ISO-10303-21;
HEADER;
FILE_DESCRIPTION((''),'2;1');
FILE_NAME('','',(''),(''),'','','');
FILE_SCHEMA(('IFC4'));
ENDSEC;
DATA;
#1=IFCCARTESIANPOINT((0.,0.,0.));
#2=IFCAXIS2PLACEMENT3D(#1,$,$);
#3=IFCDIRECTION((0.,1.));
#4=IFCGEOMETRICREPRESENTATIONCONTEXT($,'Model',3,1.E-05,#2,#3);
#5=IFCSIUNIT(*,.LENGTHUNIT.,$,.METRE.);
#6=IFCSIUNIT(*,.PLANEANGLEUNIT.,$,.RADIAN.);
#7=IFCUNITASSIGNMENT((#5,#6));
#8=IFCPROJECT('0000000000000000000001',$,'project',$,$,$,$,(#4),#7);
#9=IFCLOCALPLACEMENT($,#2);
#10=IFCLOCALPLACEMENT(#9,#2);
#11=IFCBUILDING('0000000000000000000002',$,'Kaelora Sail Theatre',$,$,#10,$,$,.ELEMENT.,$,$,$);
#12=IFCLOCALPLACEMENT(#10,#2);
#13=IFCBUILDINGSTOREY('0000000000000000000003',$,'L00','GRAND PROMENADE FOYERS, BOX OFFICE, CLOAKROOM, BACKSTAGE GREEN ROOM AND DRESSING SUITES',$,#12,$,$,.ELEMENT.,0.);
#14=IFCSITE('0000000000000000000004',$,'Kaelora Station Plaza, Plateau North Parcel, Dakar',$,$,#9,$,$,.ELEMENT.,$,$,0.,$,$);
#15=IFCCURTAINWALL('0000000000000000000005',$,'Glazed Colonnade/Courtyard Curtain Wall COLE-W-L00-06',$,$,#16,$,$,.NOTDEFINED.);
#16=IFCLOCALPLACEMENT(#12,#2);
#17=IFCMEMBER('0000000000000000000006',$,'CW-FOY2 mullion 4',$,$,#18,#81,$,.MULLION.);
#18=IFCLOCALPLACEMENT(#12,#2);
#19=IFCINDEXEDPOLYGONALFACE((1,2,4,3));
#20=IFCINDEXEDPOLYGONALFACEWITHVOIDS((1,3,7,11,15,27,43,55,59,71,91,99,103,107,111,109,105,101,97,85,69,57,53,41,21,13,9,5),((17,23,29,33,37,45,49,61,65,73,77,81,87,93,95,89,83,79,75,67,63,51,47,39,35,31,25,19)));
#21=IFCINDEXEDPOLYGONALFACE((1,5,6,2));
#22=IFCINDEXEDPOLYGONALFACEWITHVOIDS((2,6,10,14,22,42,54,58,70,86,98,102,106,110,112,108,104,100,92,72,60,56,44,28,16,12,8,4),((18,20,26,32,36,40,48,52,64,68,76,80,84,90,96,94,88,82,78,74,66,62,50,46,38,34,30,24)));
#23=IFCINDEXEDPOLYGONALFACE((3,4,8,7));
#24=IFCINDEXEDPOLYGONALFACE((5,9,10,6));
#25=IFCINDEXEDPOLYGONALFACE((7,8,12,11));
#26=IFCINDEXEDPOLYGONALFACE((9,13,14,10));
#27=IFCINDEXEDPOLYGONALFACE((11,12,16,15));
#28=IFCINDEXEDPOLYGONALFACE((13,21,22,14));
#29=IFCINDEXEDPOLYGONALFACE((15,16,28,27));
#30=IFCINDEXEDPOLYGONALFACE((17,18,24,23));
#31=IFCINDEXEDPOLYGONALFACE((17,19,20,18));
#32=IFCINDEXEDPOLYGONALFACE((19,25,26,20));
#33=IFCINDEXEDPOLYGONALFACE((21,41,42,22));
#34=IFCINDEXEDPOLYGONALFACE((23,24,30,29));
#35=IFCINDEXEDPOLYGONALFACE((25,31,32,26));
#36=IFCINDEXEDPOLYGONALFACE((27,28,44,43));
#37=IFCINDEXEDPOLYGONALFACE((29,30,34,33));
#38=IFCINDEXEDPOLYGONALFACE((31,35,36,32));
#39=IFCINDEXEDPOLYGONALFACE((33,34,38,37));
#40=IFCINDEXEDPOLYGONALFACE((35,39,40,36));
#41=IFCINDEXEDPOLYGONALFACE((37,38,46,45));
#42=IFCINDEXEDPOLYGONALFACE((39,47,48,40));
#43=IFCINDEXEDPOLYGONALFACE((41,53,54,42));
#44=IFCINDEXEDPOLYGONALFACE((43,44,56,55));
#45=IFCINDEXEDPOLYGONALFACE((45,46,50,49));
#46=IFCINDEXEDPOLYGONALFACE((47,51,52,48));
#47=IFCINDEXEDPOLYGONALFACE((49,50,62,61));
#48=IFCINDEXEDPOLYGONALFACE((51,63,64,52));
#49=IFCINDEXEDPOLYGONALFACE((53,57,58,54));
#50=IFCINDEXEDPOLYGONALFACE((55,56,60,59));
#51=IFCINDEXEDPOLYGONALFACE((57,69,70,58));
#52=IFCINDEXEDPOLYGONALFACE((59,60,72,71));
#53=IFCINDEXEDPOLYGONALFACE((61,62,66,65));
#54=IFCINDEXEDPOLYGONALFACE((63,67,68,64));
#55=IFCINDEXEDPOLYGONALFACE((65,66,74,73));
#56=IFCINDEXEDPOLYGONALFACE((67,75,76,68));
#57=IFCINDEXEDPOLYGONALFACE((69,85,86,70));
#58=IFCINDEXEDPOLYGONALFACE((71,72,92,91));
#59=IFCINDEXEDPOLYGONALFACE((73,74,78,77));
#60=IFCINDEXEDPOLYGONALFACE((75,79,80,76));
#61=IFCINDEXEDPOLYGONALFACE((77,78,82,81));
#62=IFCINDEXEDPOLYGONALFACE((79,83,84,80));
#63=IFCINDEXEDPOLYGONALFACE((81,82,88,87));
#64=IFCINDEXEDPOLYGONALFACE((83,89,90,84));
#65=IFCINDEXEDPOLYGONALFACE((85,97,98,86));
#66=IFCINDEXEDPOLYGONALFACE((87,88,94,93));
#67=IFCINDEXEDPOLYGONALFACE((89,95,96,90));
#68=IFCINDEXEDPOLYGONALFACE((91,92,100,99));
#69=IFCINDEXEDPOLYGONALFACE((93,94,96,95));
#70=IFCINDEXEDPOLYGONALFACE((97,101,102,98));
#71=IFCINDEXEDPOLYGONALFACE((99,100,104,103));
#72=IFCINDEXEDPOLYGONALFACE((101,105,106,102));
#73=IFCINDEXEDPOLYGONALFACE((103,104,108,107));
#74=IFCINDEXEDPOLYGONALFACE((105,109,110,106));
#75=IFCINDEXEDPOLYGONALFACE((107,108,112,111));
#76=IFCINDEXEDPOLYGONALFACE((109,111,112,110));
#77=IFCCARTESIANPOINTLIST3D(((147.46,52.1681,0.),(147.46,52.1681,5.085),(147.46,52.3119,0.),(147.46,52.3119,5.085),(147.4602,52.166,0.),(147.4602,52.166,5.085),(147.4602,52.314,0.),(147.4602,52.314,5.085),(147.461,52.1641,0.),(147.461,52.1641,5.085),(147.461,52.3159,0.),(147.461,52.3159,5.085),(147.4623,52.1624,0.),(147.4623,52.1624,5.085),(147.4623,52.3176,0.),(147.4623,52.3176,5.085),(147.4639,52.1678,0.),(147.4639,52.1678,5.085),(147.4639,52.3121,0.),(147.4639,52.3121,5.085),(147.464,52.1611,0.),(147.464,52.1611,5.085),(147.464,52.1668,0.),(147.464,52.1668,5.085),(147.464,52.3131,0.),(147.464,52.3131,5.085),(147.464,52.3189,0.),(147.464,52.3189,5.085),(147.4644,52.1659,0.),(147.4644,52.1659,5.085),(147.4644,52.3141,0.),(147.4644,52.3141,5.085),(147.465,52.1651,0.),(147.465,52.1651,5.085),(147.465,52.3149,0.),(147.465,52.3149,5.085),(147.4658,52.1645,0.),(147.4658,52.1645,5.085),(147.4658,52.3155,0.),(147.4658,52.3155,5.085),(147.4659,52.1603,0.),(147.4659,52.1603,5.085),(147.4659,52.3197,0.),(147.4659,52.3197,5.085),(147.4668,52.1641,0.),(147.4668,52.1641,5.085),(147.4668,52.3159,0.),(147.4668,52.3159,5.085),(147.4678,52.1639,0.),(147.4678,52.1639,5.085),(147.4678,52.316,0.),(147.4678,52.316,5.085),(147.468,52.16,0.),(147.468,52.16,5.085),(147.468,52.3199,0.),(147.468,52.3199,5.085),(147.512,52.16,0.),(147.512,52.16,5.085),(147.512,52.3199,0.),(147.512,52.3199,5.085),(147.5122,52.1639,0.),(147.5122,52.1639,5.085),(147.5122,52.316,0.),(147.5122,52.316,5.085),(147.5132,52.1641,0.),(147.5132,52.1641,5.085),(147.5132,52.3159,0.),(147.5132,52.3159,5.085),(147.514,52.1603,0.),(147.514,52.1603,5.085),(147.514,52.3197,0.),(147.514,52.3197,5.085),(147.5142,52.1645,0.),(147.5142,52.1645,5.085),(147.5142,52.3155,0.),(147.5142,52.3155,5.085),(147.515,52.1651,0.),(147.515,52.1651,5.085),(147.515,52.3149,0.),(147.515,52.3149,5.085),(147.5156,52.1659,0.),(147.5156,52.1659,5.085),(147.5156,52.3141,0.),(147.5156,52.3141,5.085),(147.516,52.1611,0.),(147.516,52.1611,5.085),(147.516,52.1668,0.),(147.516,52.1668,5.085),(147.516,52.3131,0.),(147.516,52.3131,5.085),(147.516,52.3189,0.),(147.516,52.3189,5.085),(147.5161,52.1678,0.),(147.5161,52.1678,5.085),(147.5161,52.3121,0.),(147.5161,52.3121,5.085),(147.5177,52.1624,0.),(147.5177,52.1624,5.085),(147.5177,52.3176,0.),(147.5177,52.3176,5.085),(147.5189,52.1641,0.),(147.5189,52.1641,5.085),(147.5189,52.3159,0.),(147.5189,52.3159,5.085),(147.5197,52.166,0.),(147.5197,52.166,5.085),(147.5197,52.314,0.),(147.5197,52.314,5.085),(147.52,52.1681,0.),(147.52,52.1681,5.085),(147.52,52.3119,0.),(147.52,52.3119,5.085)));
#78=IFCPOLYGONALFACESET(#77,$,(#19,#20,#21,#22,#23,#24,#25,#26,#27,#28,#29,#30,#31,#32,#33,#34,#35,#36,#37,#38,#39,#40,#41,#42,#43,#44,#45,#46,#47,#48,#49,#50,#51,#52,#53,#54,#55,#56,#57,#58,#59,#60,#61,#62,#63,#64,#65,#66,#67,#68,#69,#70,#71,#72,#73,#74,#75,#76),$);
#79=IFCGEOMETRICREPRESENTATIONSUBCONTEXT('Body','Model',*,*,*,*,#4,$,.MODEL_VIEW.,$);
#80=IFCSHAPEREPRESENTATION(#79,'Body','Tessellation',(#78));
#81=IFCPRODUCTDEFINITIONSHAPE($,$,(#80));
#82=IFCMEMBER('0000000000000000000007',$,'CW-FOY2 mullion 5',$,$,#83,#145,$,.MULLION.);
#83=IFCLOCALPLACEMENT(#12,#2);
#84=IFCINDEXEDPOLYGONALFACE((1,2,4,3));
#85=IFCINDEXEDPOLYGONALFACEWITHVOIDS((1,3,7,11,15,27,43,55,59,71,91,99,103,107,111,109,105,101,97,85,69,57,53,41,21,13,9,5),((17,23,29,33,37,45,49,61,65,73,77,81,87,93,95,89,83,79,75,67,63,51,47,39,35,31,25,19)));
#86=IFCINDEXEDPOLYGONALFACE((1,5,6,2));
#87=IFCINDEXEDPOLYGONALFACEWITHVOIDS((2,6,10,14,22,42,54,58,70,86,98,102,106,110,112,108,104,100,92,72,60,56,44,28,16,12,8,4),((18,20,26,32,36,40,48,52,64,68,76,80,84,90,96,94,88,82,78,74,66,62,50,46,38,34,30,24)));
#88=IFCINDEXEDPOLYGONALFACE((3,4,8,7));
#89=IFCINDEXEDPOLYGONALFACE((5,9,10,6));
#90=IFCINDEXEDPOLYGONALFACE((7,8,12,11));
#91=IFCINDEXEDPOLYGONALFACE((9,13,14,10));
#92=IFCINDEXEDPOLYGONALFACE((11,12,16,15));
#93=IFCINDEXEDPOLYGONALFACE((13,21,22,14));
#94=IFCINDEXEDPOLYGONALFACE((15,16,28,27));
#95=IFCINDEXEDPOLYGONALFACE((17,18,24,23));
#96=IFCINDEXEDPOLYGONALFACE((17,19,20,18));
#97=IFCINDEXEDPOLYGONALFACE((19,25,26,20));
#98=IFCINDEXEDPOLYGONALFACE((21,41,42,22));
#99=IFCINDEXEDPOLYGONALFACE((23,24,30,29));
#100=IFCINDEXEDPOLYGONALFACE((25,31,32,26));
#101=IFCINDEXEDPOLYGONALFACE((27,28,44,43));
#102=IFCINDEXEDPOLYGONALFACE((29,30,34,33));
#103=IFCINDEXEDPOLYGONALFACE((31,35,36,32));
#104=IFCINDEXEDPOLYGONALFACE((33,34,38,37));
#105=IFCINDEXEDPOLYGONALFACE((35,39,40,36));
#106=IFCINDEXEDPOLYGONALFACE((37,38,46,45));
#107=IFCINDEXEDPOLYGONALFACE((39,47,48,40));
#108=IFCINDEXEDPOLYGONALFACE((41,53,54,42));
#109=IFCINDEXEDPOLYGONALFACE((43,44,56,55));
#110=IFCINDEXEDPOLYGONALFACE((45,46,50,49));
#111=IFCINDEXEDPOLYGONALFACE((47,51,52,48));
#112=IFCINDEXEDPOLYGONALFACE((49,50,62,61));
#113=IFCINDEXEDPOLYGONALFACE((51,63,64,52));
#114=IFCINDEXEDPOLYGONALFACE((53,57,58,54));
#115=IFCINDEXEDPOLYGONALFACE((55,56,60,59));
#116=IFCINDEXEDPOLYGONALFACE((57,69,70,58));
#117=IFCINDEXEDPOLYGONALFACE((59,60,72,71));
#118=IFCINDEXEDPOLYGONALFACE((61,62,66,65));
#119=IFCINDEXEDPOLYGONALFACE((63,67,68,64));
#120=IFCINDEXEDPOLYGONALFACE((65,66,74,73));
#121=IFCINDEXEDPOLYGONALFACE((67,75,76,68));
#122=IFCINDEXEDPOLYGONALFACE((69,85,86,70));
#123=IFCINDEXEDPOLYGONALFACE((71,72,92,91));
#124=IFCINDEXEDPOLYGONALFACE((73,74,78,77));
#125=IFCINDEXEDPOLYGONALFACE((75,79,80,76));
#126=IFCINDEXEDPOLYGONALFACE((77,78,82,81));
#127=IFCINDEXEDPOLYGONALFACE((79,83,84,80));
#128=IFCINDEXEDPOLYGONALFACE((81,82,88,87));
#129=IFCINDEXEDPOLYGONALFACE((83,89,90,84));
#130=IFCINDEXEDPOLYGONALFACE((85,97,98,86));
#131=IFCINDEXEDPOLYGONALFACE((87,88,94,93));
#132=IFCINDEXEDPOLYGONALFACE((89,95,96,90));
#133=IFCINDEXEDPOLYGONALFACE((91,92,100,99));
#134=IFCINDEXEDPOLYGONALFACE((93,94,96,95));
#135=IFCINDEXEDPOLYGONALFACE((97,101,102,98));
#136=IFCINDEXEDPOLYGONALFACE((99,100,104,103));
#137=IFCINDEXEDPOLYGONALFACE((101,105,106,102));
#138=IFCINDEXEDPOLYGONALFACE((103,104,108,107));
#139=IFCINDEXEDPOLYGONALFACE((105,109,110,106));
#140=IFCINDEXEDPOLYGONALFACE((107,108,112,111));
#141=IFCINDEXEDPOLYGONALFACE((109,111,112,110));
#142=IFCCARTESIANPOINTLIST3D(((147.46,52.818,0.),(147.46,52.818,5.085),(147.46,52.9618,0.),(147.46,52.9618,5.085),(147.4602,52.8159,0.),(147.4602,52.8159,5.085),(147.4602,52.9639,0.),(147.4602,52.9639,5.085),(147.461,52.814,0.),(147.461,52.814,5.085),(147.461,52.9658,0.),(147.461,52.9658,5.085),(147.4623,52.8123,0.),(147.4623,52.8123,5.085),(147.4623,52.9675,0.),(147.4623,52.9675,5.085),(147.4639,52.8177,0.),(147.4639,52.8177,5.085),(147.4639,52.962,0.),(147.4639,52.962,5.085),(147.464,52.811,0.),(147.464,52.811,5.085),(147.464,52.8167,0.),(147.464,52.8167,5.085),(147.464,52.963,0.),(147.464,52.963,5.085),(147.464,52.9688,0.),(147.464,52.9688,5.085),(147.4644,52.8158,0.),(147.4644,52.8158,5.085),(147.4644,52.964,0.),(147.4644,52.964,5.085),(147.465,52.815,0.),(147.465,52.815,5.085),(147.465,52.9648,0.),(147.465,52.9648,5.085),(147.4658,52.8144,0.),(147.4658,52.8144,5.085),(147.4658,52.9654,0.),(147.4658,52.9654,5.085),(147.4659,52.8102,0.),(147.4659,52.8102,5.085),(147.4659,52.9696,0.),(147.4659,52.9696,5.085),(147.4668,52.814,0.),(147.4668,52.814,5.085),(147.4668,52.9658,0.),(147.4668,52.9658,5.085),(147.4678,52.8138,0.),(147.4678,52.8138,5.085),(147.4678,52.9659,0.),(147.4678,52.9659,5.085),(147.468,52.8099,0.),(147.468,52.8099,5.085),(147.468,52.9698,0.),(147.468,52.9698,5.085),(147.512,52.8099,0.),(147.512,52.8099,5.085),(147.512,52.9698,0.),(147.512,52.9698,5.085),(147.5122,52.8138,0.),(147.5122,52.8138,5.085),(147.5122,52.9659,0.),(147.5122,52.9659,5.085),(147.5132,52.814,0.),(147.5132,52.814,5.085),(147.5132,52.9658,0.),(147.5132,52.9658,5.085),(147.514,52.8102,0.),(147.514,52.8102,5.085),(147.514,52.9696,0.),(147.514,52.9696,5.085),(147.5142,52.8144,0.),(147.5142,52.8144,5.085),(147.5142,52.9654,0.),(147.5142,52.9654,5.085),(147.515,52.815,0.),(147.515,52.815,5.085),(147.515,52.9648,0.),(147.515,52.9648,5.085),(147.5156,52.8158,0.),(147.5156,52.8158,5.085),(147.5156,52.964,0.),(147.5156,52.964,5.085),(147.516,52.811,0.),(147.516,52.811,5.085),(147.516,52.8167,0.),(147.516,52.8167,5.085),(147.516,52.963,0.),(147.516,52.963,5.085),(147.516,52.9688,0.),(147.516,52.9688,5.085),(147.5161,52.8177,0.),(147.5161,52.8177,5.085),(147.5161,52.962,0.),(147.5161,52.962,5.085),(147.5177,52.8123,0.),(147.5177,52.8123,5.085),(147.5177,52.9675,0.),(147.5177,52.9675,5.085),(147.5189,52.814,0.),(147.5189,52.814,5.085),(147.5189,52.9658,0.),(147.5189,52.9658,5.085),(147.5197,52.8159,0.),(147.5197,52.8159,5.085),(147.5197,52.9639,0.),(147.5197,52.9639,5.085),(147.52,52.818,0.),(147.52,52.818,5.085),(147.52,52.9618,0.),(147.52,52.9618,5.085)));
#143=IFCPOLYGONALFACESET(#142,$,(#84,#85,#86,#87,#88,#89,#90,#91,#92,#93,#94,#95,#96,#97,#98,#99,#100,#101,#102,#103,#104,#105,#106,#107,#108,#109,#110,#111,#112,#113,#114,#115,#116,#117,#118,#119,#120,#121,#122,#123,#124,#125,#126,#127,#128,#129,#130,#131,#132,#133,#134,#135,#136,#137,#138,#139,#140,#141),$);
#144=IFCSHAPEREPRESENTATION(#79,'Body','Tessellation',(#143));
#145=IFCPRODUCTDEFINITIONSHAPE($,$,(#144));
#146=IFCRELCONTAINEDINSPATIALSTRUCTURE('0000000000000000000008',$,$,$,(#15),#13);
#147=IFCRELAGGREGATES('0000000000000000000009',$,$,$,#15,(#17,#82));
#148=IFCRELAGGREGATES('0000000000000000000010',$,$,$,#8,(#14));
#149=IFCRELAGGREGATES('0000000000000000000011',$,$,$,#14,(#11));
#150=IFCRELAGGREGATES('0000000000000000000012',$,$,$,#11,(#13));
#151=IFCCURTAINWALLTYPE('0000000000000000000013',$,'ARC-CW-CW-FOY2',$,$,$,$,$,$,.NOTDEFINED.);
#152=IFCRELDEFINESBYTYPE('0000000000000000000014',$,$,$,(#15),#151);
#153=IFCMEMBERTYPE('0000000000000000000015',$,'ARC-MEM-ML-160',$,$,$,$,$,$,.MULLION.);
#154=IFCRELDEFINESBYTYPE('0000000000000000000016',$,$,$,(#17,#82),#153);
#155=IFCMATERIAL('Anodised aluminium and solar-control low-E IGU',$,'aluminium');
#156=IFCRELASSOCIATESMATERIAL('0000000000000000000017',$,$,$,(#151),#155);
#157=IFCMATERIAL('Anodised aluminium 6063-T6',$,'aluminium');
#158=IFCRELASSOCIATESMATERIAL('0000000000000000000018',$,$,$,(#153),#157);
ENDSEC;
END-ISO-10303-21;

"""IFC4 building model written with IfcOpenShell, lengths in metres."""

from ifc_helpers import new_model, si_unit, direction, frame, origin, origin_2d, place, context, subcontext, project, spatial, hollow_rectangle, extrude, material, material_profile, profile_set, type_object, element, aggregate, save


model = new_model("IFC4")

# Units and contexts
model_context = context("Model", 3, precision=1e-05, world=origin(), true_north=direction((0.0, 1.0)))
body_context = subcontext(model_context, "Body", "Model", "MODEL_VIEW")
ifc_project = project(units=[si_unit("LENGTHUNIT", "METRE"), si_unit("PLANEANGLEUNIT", "RADIAN")], contexts=[model_context])

# Site, building, storey
site_placement = place(None, origin())
site = spatial("IfcSite", under=ifc_project, at=site_placement, Name="Kaelora Station Plaza, Plateau North Parcel, Dakar", CompositionType="ELEMENT", RefElevation=0.0)
building_placement = place(site_placement, origin())
building = spatial("IfcBuilding", under=site, at=building_placement, Name="Kaelora Sail Theatre", CompositionType="ELEMENT")
storey_placement = place(building_placement, origin())
storey = spatial("IfcBuildingStorey", under=building, at=storey_placement, Name="L00", Description="GRAND PROMENADE FOYERS, BOX OFFICE, CLOAKROOM, BACKSTAGE GREEN ROOM AND DRESSING SUITES", CompositionType="ELEMENT", Elevation=0.0)

# Curtain wall, members
ifc_material_1 = material(Name="Anodised aluminium and solar-control low-E IGU", Category="aluminium")
curtain_wall_type = type_object("IfcCurtainWallType", Name="ARC-CW-CW-FOY2", PredefinedType="NOTDEFINED", material=ifc_material_1)
curtain_wall_placement = place(storey_placement, origin())
curtain_wall = element("IfcCurtainWall", 1, at=curtain_wall_placement, inside=storey, type_object=curtain_wall_type, Name="Glazed Colonnade/Courtyard Curtain Wall COLE-W-L00-06", PredefinedType="NOTDEFINED")
ifc_material_2 = material(Name="Anodised aluminium 6063-T6", Category="aluminium")
ifc_material_profile_1 = material_profile(ifc_material_2, hollow_rectangle(XDim=0.0601, YDim=0.1599, WallThickness=0.0039, InnerFilletRadius=0.0039, OuterFilletRadius=0.0081, at=origin_2d()), Name="ALU-MULL 60x160x4")
ifc_profile_set_1 = profile_set([ifc_material_profile_1], Name="Anodised aluminium 6063-T6")
member_type_1 = type_object("IfcMemberType", Name="ARC-MEM-ML-160", PredefinedType="MULLION", material=ifc_profile_set_1)
member_1_placement = place(storey_placement, frame((147.49, 52.24, 0.0), z_axis=(0.0, 0.0, 1.0), x_axis=(-1.0, 0.0, 0.0)))
member_1 = element("IfcMember", 2, at=member_1_placement, type_object=member_type_1, Name="CW-FOY2 mullion 4", PredefinedType="MULLION", context=body_context, shape_type="SweptSolid", body=[
    extrude(hollow_rectangle(XDim=0.0601, YDim=0.1599, WallThickness=0.0039, InnerFilletRadius=0.0039, OuterFilletRadius=0.0081, at=origin_2d()), origin(), (0.0, 0.0, 1.0), 5.085),
])
member_2_placement = place(storey_placement, frame((147.49, 52.8899, 0.0), z_axis=(0.0, 0.0, 1.0), x_axis=(-1.0, 0.0, 0.0)))
member_2 = element("IfcMember", 3, at=member_2_placement, type_object=member_type_1, Name="CW-FOY2 mullion 5", PredefinedType="MULLION", context=body_context, shape_type="SweptSolid", body=[
    extrude(hollow_rectangle(XDim=0.0601, YDim=0.1599, WallThickness=0.0039, InnerFilletRadius=0.0039, OuterFilletRadius=0.0081, at=origin_2d()), origin(), (0.0, 0.0, 1.0), 5.085),
])
aggregate(curtain_wall, [member_1, member_2])

save(model, "model.ifc")
